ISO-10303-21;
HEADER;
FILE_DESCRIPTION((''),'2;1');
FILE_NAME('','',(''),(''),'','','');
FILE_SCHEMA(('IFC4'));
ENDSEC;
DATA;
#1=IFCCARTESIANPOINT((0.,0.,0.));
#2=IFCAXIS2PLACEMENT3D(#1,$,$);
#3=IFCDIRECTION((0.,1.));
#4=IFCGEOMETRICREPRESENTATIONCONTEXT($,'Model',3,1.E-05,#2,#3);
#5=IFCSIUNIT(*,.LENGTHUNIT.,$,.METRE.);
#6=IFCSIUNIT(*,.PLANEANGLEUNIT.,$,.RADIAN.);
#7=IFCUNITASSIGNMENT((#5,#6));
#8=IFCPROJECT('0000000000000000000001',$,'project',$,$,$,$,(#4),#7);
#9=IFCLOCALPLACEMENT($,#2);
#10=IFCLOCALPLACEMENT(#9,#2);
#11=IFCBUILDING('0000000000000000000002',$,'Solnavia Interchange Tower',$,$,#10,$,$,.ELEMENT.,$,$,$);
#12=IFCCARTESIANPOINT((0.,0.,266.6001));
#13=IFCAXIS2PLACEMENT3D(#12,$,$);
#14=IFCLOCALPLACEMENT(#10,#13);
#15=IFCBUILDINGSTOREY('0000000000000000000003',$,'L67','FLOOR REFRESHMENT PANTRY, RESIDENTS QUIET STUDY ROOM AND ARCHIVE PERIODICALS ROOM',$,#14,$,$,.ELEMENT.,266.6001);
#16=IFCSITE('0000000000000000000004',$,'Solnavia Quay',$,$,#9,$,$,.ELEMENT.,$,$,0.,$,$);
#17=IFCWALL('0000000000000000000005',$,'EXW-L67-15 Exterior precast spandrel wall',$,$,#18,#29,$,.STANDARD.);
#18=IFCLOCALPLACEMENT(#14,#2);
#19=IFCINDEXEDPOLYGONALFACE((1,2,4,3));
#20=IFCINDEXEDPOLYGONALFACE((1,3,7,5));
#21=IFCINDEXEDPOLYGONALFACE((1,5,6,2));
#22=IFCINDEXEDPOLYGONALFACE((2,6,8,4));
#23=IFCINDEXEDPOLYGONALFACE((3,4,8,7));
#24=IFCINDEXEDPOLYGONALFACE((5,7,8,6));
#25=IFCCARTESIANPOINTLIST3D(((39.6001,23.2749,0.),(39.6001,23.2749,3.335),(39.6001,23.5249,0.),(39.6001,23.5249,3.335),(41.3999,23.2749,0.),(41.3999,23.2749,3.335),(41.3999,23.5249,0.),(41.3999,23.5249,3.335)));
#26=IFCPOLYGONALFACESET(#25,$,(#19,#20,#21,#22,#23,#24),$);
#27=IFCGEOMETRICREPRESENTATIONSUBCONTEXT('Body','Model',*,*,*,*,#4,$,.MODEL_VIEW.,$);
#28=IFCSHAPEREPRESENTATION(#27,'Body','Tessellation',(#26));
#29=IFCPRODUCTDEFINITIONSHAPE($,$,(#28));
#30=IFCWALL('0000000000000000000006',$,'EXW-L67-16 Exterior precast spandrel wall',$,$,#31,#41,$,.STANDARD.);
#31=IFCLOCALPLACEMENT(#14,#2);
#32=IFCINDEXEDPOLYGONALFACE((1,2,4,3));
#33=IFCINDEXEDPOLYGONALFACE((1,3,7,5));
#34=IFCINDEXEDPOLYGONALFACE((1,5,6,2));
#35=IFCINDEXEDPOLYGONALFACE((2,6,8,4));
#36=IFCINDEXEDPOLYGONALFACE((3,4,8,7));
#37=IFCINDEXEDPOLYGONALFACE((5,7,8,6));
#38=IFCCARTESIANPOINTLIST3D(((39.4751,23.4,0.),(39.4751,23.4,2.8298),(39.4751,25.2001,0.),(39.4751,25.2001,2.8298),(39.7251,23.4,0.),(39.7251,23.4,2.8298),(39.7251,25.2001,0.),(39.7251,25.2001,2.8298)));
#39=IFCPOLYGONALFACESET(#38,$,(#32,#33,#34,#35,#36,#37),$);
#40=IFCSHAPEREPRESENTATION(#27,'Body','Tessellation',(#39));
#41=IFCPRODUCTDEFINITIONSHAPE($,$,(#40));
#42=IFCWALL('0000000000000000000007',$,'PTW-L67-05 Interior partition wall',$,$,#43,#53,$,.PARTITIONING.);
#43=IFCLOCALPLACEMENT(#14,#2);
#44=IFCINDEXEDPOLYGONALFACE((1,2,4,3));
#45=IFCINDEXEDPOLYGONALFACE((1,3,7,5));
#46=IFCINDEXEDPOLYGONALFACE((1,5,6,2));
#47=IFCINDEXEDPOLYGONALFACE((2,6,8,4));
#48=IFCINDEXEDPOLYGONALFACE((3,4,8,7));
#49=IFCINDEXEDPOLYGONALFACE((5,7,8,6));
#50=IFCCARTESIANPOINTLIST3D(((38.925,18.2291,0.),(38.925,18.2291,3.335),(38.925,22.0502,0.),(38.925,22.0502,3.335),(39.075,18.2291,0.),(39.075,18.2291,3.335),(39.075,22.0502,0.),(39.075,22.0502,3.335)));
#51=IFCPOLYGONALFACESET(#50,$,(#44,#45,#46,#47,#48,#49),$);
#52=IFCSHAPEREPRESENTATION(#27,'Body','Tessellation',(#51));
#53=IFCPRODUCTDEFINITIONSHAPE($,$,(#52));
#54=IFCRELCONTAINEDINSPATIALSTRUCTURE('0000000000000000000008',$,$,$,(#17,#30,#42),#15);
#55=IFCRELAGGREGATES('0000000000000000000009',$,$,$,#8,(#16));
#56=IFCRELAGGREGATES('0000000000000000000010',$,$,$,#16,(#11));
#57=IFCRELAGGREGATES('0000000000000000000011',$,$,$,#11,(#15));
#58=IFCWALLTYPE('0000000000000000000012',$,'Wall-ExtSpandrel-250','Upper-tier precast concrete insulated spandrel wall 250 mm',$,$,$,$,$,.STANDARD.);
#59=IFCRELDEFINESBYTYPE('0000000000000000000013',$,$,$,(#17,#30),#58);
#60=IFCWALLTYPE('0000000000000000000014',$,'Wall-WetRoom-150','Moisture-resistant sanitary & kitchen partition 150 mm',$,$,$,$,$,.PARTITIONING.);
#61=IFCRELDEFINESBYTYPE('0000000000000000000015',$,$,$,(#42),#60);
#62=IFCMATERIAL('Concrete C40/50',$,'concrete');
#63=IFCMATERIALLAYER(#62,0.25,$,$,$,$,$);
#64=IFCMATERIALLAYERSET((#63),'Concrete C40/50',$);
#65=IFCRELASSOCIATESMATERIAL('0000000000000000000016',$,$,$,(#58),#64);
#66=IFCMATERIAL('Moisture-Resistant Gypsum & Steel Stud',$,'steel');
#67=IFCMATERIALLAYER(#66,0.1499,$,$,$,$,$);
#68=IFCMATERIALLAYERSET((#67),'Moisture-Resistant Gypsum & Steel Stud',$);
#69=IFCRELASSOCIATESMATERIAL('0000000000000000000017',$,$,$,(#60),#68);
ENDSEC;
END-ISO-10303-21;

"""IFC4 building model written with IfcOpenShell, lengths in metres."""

from ifc_helpers import new_model, si_unit, direction, frame, frame_2d, origin, place, context, subcontext, project, spatial, rectangle, extrude, material, layer, layer_set, type_object, element, save


model = new_model("IFC4")

# Units and contexts
model_context = context("Model", 3, precision=1e-05, world=origin(), true_north=direction((0.0, 1.0)))
body_context = subcontext(model_context, "Body", "Model", "MODEL_VIEW")
ifc_project = project(units=[si_unit("LENGTHUNIT", "METRE"), si_unit("PLANEANGLEUNIT", "RADIAN")], contexts=[model_context])

# Site, building, storey
site_placement = place(None, origin())
site = spatial("IfcSite", under=ifc_project, at=site_placement, Name="Solnavia Quay", CompositionType="ELEMENT", RefElevation=0.0)
building_placement = place(site_placement, origin())
building = spatial("IfcBuilding", under=site, at=building_placement, Name="Solnavia Interchange Tower", CompositionType="ELEMENT")
storey_placement = place(building_placement, frame((0.0, 0.0, 266.6001)))
storey = spatial("IfcBuildingStorey", under=building, at=storey_placement, Name="L67", Description="FLOOR REFRESHMENT PANTRY, RESIDENTS QUIET STUDY ROOM AND ARCHIVE PERIODICALS ROOM", CompositionType="ELEMENT", Elevation=266.6001)

# Walls
ifc_material_1 = material(Name="Concrete C40/50", Category="concrete")
ifc_layer_1 = layer(ifc_material_1, 0.25)
ifc_layer_set_1 = layer_set([ifc_layer_1], Name="Concrete C40/50")
wall_type_1 = type_object("IfcWallType", Name="Wall-ExtSpandrel-250", Description="Upper-tier precast concrete insulated spandrel wall 250 mm", PredefinedType="STANDARD", material=ifc_layer_set_1)
for number, where, z_axis, x_axis, name in (
    (1, (39.6001, 23.3999, 0.0), (0.0, 0.0, 1.0), (1.0, 0.0, 0.0), "EXW-L67-15 Exterior precast spandrel wall"),
):
    element("IfcWall", number, at=place(storey_placement, frame(where, z_axis=z_axis, x_axis=x_axis)), inside=storey, type_object=wall_type_1, Name=name, PredefinedType="STANDARD", context=body_context, shape_type="SweptSolid", body=[
        extrude(rectangle(XDim=1.7998, YDim=0.25, at=frame_2d((0.8999, 0.0))), origin(), (0.0, 0.0, 1.0), 3.335),
    ])
wall_1_placement = place(storey_placement, frame((39.6001, 25.2, 0.0), z_axis=(0.0, 0.0, 1.0), x_axis=(0.0, -1.0, 0.0)))
element("IfcWall", 2, at=wall_1_placement, inside=storey, type_object=wall_type_1, Name="EXW-L67-16 Exterior precast spandrel wall", PredefinedType="STANDARD", context=body_context, shape_type="SweptSolid", body=[
    extrude(rectangle(XDim=1.8, YDim=0.25, at=frame_2d((0.8999, 0.0))), origin(), (0.0, 0.0, 1.0), 2.8298),
])
ifc_material_2 = material(Name="Moisture-Resistant Gypsum & Steel Stud", Category="steel")
ifc_layer_2 = layer(ifc_material_2, 0.1499)
ifc_layer_set_2 = layer_set([ifc_layer_2], Name="Moisture-Resistant Gypsum & Steel Stud")
wall_type_2 = type_object("IfcWallType", Name="Wall-WetRoom-150", Description="Moisture-resistant sanitary & kitchen partition 150 mm", PredefinedType="PARTITIONING", material=ifc_layer_set_2)
wall_2_placement = place(storey_placement, frame((39.0, 18.229, 0.0), z_axis=(0.0, 0.0, 1.0), x_axis=(0.0, 1.0, 0.0)))
element("IfcWall", 3, at=wall_2_placement, inside=storey, type_object=wall_type_2, Name="PTW-L67-05 Interior partition wall", PredefinedType="PARTITIONING", context=body_context, shape_type="SweptSolid", body=[
    extrude(rectangle(XDim=3.821, YDim=0.1499, at=frame_2d((1.9106, 0.0))), origin(), (0.0, 0.0, 1.0), 3.335),
])

save(model, "model.ifc")
